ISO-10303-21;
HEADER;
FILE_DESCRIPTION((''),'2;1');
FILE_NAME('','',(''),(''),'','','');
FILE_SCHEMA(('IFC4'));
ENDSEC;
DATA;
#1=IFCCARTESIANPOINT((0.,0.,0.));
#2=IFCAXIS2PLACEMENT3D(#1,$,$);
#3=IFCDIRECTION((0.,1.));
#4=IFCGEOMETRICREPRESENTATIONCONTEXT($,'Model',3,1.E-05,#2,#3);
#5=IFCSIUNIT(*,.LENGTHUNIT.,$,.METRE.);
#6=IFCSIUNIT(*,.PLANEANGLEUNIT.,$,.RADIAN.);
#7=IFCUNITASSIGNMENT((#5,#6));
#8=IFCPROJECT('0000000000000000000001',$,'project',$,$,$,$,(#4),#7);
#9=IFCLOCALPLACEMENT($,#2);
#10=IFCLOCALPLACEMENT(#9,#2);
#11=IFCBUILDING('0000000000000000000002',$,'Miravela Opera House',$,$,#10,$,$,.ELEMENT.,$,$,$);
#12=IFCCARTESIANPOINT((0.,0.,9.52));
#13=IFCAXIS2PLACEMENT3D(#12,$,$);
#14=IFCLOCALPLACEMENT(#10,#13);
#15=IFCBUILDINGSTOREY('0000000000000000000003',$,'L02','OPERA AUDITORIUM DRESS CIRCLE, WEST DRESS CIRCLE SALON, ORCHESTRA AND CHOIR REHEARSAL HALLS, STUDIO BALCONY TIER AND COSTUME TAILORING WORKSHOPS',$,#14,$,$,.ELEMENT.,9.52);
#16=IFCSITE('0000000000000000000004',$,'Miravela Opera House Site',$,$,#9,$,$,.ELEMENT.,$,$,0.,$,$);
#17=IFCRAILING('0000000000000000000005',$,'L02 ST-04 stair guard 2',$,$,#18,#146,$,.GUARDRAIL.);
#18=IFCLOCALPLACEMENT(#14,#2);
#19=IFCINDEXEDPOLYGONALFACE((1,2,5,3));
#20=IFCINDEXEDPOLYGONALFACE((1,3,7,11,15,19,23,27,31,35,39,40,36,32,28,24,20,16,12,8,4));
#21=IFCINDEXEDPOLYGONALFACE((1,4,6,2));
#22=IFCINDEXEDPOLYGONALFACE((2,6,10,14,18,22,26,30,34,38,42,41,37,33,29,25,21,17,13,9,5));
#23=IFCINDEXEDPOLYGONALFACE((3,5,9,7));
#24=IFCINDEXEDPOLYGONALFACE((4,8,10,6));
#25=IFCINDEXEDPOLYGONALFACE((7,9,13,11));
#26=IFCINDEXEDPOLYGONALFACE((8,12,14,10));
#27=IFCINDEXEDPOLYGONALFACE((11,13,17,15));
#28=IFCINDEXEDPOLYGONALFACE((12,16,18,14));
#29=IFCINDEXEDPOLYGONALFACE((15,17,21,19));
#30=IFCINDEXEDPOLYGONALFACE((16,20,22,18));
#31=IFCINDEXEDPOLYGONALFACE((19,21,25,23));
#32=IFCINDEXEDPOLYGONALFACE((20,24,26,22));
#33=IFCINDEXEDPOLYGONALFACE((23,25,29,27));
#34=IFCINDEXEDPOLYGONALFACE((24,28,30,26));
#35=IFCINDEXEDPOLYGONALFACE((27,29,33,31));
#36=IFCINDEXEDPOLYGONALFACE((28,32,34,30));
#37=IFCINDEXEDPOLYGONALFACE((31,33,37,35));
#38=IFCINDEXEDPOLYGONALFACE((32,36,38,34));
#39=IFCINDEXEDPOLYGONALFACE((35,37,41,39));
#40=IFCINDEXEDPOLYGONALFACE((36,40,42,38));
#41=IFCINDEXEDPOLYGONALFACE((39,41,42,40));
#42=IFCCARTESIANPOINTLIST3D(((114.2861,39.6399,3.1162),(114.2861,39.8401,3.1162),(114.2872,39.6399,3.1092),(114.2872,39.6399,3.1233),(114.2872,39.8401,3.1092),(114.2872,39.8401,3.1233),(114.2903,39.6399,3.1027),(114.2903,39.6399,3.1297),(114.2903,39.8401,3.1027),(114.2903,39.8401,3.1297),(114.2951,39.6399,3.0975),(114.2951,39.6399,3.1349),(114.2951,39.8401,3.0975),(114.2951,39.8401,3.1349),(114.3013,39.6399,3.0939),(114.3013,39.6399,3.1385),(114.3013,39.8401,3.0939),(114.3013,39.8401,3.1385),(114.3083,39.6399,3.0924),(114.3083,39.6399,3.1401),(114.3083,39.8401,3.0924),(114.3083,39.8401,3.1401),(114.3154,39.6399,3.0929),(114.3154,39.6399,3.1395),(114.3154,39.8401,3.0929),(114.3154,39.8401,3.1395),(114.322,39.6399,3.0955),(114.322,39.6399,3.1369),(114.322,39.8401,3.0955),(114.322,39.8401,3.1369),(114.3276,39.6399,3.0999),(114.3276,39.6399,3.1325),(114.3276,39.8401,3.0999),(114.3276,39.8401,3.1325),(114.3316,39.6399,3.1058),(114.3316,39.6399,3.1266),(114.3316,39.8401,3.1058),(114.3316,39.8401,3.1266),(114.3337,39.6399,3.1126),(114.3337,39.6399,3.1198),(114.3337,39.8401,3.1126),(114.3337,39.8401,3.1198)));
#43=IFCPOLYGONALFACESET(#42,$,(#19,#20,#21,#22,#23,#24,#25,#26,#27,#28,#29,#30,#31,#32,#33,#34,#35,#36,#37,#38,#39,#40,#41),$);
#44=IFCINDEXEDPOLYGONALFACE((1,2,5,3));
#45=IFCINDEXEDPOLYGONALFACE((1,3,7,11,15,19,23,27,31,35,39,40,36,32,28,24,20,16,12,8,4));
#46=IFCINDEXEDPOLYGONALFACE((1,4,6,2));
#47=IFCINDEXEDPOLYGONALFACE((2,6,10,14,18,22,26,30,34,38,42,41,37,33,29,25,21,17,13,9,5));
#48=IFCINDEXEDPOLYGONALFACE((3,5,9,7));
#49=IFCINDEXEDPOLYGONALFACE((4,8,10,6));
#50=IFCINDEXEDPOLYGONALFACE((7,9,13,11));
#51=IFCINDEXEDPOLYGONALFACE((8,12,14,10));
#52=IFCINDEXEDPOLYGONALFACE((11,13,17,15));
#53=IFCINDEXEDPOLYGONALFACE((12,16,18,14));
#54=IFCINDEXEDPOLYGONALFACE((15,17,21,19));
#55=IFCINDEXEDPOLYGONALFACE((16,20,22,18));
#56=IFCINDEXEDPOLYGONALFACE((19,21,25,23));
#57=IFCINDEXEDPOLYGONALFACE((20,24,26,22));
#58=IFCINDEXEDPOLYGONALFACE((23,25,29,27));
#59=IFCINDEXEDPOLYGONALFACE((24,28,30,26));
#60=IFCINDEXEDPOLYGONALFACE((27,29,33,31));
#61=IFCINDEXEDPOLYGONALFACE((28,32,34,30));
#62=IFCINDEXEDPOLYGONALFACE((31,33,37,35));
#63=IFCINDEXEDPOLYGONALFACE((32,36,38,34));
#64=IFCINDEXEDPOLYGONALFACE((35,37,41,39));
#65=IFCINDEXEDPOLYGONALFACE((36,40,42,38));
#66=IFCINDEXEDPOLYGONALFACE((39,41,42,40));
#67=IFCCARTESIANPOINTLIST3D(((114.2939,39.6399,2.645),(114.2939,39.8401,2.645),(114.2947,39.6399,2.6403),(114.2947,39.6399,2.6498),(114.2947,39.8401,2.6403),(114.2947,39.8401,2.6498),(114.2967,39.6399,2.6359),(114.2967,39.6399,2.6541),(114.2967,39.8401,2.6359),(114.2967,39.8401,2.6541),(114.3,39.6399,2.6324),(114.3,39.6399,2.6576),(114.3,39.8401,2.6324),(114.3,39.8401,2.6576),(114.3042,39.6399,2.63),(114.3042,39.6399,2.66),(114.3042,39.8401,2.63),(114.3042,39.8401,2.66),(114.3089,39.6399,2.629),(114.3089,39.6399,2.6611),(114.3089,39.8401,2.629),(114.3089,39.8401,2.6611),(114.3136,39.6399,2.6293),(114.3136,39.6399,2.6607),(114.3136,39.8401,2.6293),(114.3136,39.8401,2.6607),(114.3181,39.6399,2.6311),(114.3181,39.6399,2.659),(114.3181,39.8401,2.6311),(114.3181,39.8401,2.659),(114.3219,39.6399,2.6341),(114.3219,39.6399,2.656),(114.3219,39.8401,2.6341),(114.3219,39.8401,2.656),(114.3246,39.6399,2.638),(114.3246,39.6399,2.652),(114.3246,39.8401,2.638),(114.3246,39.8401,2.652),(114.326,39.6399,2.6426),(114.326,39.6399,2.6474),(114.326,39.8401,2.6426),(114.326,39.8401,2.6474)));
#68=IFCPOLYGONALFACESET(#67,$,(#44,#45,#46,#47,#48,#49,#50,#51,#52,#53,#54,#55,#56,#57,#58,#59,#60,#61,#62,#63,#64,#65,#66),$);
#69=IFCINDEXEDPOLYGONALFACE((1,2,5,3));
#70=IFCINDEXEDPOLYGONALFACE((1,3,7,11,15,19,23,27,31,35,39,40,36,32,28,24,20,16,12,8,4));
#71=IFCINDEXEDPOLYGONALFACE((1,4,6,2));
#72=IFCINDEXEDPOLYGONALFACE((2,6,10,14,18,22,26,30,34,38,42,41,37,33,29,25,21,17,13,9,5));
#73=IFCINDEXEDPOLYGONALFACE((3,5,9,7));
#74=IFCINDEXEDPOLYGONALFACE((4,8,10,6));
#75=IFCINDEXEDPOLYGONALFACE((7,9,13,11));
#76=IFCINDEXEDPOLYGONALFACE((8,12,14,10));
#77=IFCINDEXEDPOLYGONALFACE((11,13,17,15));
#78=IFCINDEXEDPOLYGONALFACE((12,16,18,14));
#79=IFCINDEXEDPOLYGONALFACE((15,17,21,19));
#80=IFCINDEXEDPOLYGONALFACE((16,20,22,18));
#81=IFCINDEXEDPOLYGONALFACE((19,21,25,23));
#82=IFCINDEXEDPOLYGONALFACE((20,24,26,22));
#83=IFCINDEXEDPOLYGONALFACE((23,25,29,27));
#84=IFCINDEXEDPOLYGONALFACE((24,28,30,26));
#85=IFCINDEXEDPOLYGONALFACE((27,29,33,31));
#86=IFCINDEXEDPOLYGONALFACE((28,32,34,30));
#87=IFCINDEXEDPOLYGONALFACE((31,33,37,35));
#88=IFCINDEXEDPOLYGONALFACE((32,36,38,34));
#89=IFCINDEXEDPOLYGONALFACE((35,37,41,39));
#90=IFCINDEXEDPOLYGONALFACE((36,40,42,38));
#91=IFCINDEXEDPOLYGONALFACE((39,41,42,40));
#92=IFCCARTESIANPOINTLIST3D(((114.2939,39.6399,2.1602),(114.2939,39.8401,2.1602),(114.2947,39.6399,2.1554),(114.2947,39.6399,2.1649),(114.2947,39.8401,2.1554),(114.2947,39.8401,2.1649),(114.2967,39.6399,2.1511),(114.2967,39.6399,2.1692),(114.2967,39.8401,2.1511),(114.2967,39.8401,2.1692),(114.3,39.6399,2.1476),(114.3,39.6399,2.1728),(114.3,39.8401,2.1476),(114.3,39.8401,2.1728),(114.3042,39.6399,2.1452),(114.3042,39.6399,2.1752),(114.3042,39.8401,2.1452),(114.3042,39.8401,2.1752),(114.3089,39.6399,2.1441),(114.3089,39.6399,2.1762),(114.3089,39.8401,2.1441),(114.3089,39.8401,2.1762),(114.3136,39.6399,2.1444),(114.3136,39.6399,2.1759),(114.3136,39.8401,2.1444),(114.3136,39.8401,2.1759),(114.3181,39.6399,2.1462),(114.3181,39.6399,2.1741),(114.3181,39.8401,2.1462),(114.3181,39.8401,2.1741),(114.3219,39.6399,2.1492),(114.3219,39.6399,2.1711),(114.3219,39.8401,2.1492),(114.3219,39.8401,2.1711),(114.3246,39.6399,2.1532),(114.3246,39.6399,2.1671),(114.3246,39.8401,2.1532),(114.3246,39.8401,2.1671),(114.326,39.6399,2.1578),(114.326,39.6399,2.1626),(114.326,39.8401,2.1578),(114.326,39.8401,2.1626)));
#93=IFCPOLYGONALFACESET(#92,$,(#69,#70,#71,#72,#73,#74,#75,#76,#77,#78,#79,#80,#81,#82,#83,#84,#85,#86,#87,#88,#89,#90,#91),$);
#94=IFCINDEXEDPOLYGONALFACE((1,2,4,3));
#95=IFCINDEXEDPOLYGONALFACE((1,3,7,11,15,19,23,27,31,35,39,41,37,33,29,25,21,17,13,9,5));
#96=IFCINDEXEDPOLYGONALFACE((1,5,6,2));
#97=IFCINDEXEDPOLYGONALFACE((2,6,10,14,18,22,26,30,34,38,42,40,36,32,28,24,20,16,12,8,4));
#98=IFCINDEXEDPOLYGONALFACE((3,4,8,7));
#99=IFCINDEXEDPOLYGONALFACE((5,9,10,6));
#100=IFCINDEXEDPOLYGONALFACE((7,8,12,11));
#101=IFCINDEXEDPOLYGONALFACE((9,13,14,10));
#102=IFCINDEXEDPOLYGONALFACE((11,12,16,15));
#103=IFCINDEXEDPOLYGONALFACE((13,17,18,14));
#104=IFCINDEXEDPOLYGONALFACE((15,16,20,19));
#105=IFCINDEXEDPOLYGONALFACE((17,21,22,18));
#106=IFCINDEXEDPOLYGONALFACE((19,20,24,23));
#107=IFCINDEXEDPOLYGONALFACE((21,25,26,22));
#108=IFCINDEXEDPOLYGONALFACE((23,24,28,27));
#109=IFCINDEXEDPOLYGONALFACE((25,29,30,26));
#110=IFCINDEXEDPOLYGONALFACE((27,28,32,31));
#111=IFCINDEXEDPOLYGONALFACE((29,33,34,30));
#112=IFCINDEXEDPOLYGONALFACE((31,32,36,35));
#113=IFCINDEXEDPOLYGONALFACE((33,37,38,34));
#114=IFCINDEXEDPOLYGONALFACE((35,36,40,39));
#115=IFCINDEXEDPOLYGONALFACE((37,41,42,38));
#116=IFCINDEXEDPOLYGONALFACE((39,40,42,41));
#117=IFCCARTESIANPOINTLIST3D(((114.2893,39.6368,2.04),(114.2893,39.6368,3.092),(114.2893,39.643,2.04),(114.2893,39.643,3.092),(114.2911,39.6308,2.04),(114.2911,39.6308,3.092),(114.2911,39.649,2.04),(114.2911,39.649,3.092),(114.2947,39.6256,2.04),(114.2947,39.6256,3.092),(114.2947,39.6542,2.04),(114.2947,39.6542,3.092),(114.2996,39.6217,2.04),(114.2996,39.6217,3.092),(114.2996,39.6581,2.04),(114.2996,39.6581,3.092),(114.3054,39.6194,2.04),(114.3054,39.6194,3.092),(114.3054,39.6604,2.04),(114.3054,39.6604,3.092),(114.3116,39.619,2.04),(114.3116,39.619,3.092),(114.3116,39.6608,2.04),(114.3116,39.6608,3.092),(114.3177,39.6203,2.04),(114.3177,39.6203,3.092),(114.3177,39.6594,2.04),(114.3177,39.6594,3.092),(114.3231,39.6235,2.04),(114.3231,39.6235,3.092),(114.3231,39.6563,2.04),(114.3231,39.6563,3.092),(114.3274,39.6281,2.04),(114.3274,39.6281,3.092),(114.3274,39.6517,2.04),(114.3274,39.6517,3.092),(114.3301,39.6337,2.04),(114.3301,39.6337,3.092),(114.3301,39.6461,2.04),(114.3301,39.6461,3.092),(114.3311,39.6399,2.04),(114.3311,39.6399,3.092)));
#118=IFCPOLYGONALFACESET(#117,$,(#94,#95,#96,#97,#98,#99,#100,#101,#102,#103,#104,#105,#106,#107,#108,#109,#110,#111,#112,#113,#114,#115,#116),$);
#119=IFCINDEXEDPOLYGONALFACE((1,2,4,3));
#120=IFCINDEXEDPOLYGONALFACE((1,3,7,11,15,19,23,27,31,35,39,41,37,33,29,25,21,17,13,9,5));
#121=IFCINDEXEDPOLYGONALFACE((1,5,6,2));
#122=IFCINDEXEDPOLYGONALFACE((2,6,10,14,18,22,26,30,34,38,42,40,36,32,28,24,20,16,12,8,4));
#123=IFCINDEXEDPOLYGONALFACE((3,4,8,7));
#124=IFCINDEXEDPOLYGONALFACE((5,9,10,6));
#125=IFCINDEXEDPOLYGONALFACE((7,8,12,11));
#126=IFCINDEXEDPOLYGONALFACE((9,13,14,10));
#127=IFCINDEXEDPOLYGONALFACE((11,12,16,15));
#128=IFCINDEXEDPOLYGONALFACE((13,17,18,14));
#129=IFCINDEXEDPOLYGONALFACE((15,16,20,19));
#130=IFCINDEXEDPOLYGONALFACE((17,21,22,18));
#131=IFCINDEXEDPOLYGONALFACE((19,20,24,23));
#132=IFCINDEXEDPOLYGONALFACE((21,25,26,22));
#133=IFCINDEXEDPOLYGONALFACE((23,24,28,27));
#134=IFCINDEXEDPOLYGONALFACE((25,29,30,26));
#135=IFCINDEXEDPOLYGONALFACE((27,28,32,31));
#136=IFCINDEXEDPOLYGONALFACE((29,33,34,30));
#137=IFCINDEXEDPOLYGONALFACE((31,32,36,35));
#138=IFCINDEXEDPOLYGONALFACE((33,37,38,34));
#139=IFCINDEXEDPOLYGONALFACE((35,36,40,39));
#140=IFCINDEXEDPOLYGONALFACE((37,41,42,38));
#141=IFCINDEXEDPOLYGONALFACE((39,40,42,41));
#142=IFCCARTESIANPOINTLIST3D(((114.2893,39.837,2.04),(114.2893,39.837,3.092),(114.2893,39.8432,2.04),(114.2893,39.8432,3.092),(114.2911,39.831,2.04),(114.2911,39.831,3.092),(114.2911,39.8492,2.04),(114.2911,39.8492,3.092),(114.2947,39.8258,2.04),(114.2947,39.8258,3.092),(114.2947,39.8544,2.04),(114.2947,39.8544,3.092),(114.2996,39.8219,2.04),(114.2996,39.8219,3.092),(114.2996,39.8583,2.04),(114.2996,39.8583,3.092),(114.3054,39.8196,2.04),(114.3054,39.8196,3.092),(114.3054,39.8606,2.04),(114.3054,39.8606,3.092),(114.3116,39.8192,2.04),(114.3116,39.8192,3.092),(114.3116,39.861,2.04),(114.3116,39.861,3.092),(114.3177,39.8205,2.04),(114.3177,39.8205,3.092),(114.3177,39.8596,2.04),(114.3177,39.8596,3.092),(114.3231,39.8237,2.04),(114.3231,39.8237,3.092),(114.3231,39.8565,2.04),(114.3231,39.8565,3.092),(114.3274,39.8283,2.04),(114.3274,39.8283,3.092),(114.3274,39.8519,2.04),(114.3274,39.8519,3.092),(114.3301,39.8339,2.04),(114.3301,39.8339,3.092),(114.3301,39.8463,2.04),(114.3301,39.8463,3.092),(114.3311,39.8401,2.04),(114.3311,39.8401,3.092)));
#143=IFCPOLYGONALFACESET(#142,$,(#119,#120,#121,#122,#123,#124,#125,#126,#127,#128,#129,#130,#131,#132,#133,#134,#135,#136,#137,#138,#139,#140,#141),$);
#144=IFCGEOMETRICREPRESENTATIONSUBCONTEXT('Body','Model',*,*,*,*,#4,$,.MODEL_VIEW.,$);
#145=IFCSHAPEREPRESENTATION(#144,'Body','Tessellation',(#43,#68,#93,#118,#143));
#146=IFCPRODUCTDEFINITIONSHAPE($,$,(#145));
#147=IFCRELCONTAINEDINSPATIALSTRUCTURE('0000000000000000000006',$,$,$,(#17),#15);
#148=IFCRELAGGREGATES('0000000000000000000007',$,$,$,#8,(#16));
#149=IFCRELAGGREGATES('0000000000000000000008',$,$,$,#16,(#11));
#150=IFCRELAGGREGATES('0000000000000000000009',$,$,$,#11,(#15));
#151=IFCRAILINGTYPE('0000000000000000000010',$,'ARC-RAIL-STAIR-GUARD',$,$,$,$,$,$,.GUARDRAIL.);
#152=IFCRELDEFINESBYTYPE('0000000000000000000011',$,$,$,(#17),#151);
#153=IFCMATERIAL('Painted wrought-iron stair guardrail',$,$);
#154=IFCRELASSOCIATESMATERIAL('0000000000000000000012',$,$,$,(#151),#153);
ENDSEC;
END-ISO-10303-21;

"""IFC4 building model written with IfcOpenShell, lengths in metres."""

from ifc_helpers import new_model, si_unit, direction, frame, origin, origin_2d, place, context, subcontext, project, spatial, circle, extrude, material, type_object, element, save


model = new_model("IFC4")

# Units and contexts
model_context = context("Model", 3, precision=1e-05, world=origin(), true_north=direction((0.0, 1.0)))
body_context = subcontext(model_context, "Body", "Model", "MODEL_VIEW")
ifc_project = project(units=[si_unit("LENGTHUNIT", "METRE"), si_unit("PLANEANGLEUNIT", "RADIAN")], contexts=[model_context])

# Site, building, storey
site_placement = place(None, origin())
site = spatial("IfcSite", under=ifc_project, at=site_placement, Name="Miravela Opera House Site", CompositionType="ELEMENT", RefElevation=0.0)
building_placement = place(site_placement, origin())
building = spatial("IfcBuilding", under=site, at=building_placement, Name="Miravela Opera House", CompositionType="ELEMENT")
storey_placement = place(building_placement, frame((0.0, 0.0, 9.52)))
storey = spatial("IfcBuildingStorey", under=building, at=storey_placement, Name="L02", Description="OPERA AUDITORIUM DRESS CIRCLE, WEST DRESS CIRCLE SALON, ORCHESTRA AND CHOIR REHEARSAL HALLS, STUDIO BALCONY TIER AND COSTUME TAILORING WORKSHOPS", CompositionType="ELEMENT", Elevation=9.52)

# Railing
ifc_material_1 = material(Name="Painted wrought-iron stair guardrail")
railing_type_1 = type_object("IfcRailingType", Name="ARC-RAIL-STAIR-GUARD", PredefinedType="GUARDRAIL", material=ifc_material_1)
railing_1_placement = place(storey_placement, frame((114.3101, 39.6399, 2.04)))
element("IfcRailing", 1, at=railing_1_placement, inside=storey, type_object=railing_type_1, Name="L02 ST-04 stair guard 2", PredefinedType="GUARDRAIL", context=body_context, shape_type="SweptSolid", body=[
    extrude(circle(Radius=0.0239, at=origin_2d()), frame((0.0, 0.0, 1.0762), z_axis=(0.0, 1.0, 0.0), x_axis=(-1.0, 0.0, 0.0)), (0.0, 0.0, 1.0), 0.2002),
    extrude(circle(Radius=0.0161, at=origin_2d()), frame((0.0, 0.0, 0.605), z_axis=(0.0, 1.0, 0.0), x_axis=(-1.0, 0.0, 0.0)), (0.0, 0.0, 1.0), 0.2002),
    extrude(circle(Radius=0.0161, at=origin_2d()), frame((0.0, 0.0, 0.1201), z_axis=(0.0, 1.0, 0.0), x_axis=(-1.0, 0.0, 0.0)), (0.0, 0.0, 1.0), 0.2002),
    extrude(circle(Radius=0.021, at=origin_2d()), origin(), (0.0, 0.0, 1.0), 1.052),
    extrude(circle(Radius=0.021, at=origin_2d()), frame((0.0, 0.2002, 0.0)), (0.0, 0.0, 1.0), 1.052),
])

save(model, "model.ifc")
